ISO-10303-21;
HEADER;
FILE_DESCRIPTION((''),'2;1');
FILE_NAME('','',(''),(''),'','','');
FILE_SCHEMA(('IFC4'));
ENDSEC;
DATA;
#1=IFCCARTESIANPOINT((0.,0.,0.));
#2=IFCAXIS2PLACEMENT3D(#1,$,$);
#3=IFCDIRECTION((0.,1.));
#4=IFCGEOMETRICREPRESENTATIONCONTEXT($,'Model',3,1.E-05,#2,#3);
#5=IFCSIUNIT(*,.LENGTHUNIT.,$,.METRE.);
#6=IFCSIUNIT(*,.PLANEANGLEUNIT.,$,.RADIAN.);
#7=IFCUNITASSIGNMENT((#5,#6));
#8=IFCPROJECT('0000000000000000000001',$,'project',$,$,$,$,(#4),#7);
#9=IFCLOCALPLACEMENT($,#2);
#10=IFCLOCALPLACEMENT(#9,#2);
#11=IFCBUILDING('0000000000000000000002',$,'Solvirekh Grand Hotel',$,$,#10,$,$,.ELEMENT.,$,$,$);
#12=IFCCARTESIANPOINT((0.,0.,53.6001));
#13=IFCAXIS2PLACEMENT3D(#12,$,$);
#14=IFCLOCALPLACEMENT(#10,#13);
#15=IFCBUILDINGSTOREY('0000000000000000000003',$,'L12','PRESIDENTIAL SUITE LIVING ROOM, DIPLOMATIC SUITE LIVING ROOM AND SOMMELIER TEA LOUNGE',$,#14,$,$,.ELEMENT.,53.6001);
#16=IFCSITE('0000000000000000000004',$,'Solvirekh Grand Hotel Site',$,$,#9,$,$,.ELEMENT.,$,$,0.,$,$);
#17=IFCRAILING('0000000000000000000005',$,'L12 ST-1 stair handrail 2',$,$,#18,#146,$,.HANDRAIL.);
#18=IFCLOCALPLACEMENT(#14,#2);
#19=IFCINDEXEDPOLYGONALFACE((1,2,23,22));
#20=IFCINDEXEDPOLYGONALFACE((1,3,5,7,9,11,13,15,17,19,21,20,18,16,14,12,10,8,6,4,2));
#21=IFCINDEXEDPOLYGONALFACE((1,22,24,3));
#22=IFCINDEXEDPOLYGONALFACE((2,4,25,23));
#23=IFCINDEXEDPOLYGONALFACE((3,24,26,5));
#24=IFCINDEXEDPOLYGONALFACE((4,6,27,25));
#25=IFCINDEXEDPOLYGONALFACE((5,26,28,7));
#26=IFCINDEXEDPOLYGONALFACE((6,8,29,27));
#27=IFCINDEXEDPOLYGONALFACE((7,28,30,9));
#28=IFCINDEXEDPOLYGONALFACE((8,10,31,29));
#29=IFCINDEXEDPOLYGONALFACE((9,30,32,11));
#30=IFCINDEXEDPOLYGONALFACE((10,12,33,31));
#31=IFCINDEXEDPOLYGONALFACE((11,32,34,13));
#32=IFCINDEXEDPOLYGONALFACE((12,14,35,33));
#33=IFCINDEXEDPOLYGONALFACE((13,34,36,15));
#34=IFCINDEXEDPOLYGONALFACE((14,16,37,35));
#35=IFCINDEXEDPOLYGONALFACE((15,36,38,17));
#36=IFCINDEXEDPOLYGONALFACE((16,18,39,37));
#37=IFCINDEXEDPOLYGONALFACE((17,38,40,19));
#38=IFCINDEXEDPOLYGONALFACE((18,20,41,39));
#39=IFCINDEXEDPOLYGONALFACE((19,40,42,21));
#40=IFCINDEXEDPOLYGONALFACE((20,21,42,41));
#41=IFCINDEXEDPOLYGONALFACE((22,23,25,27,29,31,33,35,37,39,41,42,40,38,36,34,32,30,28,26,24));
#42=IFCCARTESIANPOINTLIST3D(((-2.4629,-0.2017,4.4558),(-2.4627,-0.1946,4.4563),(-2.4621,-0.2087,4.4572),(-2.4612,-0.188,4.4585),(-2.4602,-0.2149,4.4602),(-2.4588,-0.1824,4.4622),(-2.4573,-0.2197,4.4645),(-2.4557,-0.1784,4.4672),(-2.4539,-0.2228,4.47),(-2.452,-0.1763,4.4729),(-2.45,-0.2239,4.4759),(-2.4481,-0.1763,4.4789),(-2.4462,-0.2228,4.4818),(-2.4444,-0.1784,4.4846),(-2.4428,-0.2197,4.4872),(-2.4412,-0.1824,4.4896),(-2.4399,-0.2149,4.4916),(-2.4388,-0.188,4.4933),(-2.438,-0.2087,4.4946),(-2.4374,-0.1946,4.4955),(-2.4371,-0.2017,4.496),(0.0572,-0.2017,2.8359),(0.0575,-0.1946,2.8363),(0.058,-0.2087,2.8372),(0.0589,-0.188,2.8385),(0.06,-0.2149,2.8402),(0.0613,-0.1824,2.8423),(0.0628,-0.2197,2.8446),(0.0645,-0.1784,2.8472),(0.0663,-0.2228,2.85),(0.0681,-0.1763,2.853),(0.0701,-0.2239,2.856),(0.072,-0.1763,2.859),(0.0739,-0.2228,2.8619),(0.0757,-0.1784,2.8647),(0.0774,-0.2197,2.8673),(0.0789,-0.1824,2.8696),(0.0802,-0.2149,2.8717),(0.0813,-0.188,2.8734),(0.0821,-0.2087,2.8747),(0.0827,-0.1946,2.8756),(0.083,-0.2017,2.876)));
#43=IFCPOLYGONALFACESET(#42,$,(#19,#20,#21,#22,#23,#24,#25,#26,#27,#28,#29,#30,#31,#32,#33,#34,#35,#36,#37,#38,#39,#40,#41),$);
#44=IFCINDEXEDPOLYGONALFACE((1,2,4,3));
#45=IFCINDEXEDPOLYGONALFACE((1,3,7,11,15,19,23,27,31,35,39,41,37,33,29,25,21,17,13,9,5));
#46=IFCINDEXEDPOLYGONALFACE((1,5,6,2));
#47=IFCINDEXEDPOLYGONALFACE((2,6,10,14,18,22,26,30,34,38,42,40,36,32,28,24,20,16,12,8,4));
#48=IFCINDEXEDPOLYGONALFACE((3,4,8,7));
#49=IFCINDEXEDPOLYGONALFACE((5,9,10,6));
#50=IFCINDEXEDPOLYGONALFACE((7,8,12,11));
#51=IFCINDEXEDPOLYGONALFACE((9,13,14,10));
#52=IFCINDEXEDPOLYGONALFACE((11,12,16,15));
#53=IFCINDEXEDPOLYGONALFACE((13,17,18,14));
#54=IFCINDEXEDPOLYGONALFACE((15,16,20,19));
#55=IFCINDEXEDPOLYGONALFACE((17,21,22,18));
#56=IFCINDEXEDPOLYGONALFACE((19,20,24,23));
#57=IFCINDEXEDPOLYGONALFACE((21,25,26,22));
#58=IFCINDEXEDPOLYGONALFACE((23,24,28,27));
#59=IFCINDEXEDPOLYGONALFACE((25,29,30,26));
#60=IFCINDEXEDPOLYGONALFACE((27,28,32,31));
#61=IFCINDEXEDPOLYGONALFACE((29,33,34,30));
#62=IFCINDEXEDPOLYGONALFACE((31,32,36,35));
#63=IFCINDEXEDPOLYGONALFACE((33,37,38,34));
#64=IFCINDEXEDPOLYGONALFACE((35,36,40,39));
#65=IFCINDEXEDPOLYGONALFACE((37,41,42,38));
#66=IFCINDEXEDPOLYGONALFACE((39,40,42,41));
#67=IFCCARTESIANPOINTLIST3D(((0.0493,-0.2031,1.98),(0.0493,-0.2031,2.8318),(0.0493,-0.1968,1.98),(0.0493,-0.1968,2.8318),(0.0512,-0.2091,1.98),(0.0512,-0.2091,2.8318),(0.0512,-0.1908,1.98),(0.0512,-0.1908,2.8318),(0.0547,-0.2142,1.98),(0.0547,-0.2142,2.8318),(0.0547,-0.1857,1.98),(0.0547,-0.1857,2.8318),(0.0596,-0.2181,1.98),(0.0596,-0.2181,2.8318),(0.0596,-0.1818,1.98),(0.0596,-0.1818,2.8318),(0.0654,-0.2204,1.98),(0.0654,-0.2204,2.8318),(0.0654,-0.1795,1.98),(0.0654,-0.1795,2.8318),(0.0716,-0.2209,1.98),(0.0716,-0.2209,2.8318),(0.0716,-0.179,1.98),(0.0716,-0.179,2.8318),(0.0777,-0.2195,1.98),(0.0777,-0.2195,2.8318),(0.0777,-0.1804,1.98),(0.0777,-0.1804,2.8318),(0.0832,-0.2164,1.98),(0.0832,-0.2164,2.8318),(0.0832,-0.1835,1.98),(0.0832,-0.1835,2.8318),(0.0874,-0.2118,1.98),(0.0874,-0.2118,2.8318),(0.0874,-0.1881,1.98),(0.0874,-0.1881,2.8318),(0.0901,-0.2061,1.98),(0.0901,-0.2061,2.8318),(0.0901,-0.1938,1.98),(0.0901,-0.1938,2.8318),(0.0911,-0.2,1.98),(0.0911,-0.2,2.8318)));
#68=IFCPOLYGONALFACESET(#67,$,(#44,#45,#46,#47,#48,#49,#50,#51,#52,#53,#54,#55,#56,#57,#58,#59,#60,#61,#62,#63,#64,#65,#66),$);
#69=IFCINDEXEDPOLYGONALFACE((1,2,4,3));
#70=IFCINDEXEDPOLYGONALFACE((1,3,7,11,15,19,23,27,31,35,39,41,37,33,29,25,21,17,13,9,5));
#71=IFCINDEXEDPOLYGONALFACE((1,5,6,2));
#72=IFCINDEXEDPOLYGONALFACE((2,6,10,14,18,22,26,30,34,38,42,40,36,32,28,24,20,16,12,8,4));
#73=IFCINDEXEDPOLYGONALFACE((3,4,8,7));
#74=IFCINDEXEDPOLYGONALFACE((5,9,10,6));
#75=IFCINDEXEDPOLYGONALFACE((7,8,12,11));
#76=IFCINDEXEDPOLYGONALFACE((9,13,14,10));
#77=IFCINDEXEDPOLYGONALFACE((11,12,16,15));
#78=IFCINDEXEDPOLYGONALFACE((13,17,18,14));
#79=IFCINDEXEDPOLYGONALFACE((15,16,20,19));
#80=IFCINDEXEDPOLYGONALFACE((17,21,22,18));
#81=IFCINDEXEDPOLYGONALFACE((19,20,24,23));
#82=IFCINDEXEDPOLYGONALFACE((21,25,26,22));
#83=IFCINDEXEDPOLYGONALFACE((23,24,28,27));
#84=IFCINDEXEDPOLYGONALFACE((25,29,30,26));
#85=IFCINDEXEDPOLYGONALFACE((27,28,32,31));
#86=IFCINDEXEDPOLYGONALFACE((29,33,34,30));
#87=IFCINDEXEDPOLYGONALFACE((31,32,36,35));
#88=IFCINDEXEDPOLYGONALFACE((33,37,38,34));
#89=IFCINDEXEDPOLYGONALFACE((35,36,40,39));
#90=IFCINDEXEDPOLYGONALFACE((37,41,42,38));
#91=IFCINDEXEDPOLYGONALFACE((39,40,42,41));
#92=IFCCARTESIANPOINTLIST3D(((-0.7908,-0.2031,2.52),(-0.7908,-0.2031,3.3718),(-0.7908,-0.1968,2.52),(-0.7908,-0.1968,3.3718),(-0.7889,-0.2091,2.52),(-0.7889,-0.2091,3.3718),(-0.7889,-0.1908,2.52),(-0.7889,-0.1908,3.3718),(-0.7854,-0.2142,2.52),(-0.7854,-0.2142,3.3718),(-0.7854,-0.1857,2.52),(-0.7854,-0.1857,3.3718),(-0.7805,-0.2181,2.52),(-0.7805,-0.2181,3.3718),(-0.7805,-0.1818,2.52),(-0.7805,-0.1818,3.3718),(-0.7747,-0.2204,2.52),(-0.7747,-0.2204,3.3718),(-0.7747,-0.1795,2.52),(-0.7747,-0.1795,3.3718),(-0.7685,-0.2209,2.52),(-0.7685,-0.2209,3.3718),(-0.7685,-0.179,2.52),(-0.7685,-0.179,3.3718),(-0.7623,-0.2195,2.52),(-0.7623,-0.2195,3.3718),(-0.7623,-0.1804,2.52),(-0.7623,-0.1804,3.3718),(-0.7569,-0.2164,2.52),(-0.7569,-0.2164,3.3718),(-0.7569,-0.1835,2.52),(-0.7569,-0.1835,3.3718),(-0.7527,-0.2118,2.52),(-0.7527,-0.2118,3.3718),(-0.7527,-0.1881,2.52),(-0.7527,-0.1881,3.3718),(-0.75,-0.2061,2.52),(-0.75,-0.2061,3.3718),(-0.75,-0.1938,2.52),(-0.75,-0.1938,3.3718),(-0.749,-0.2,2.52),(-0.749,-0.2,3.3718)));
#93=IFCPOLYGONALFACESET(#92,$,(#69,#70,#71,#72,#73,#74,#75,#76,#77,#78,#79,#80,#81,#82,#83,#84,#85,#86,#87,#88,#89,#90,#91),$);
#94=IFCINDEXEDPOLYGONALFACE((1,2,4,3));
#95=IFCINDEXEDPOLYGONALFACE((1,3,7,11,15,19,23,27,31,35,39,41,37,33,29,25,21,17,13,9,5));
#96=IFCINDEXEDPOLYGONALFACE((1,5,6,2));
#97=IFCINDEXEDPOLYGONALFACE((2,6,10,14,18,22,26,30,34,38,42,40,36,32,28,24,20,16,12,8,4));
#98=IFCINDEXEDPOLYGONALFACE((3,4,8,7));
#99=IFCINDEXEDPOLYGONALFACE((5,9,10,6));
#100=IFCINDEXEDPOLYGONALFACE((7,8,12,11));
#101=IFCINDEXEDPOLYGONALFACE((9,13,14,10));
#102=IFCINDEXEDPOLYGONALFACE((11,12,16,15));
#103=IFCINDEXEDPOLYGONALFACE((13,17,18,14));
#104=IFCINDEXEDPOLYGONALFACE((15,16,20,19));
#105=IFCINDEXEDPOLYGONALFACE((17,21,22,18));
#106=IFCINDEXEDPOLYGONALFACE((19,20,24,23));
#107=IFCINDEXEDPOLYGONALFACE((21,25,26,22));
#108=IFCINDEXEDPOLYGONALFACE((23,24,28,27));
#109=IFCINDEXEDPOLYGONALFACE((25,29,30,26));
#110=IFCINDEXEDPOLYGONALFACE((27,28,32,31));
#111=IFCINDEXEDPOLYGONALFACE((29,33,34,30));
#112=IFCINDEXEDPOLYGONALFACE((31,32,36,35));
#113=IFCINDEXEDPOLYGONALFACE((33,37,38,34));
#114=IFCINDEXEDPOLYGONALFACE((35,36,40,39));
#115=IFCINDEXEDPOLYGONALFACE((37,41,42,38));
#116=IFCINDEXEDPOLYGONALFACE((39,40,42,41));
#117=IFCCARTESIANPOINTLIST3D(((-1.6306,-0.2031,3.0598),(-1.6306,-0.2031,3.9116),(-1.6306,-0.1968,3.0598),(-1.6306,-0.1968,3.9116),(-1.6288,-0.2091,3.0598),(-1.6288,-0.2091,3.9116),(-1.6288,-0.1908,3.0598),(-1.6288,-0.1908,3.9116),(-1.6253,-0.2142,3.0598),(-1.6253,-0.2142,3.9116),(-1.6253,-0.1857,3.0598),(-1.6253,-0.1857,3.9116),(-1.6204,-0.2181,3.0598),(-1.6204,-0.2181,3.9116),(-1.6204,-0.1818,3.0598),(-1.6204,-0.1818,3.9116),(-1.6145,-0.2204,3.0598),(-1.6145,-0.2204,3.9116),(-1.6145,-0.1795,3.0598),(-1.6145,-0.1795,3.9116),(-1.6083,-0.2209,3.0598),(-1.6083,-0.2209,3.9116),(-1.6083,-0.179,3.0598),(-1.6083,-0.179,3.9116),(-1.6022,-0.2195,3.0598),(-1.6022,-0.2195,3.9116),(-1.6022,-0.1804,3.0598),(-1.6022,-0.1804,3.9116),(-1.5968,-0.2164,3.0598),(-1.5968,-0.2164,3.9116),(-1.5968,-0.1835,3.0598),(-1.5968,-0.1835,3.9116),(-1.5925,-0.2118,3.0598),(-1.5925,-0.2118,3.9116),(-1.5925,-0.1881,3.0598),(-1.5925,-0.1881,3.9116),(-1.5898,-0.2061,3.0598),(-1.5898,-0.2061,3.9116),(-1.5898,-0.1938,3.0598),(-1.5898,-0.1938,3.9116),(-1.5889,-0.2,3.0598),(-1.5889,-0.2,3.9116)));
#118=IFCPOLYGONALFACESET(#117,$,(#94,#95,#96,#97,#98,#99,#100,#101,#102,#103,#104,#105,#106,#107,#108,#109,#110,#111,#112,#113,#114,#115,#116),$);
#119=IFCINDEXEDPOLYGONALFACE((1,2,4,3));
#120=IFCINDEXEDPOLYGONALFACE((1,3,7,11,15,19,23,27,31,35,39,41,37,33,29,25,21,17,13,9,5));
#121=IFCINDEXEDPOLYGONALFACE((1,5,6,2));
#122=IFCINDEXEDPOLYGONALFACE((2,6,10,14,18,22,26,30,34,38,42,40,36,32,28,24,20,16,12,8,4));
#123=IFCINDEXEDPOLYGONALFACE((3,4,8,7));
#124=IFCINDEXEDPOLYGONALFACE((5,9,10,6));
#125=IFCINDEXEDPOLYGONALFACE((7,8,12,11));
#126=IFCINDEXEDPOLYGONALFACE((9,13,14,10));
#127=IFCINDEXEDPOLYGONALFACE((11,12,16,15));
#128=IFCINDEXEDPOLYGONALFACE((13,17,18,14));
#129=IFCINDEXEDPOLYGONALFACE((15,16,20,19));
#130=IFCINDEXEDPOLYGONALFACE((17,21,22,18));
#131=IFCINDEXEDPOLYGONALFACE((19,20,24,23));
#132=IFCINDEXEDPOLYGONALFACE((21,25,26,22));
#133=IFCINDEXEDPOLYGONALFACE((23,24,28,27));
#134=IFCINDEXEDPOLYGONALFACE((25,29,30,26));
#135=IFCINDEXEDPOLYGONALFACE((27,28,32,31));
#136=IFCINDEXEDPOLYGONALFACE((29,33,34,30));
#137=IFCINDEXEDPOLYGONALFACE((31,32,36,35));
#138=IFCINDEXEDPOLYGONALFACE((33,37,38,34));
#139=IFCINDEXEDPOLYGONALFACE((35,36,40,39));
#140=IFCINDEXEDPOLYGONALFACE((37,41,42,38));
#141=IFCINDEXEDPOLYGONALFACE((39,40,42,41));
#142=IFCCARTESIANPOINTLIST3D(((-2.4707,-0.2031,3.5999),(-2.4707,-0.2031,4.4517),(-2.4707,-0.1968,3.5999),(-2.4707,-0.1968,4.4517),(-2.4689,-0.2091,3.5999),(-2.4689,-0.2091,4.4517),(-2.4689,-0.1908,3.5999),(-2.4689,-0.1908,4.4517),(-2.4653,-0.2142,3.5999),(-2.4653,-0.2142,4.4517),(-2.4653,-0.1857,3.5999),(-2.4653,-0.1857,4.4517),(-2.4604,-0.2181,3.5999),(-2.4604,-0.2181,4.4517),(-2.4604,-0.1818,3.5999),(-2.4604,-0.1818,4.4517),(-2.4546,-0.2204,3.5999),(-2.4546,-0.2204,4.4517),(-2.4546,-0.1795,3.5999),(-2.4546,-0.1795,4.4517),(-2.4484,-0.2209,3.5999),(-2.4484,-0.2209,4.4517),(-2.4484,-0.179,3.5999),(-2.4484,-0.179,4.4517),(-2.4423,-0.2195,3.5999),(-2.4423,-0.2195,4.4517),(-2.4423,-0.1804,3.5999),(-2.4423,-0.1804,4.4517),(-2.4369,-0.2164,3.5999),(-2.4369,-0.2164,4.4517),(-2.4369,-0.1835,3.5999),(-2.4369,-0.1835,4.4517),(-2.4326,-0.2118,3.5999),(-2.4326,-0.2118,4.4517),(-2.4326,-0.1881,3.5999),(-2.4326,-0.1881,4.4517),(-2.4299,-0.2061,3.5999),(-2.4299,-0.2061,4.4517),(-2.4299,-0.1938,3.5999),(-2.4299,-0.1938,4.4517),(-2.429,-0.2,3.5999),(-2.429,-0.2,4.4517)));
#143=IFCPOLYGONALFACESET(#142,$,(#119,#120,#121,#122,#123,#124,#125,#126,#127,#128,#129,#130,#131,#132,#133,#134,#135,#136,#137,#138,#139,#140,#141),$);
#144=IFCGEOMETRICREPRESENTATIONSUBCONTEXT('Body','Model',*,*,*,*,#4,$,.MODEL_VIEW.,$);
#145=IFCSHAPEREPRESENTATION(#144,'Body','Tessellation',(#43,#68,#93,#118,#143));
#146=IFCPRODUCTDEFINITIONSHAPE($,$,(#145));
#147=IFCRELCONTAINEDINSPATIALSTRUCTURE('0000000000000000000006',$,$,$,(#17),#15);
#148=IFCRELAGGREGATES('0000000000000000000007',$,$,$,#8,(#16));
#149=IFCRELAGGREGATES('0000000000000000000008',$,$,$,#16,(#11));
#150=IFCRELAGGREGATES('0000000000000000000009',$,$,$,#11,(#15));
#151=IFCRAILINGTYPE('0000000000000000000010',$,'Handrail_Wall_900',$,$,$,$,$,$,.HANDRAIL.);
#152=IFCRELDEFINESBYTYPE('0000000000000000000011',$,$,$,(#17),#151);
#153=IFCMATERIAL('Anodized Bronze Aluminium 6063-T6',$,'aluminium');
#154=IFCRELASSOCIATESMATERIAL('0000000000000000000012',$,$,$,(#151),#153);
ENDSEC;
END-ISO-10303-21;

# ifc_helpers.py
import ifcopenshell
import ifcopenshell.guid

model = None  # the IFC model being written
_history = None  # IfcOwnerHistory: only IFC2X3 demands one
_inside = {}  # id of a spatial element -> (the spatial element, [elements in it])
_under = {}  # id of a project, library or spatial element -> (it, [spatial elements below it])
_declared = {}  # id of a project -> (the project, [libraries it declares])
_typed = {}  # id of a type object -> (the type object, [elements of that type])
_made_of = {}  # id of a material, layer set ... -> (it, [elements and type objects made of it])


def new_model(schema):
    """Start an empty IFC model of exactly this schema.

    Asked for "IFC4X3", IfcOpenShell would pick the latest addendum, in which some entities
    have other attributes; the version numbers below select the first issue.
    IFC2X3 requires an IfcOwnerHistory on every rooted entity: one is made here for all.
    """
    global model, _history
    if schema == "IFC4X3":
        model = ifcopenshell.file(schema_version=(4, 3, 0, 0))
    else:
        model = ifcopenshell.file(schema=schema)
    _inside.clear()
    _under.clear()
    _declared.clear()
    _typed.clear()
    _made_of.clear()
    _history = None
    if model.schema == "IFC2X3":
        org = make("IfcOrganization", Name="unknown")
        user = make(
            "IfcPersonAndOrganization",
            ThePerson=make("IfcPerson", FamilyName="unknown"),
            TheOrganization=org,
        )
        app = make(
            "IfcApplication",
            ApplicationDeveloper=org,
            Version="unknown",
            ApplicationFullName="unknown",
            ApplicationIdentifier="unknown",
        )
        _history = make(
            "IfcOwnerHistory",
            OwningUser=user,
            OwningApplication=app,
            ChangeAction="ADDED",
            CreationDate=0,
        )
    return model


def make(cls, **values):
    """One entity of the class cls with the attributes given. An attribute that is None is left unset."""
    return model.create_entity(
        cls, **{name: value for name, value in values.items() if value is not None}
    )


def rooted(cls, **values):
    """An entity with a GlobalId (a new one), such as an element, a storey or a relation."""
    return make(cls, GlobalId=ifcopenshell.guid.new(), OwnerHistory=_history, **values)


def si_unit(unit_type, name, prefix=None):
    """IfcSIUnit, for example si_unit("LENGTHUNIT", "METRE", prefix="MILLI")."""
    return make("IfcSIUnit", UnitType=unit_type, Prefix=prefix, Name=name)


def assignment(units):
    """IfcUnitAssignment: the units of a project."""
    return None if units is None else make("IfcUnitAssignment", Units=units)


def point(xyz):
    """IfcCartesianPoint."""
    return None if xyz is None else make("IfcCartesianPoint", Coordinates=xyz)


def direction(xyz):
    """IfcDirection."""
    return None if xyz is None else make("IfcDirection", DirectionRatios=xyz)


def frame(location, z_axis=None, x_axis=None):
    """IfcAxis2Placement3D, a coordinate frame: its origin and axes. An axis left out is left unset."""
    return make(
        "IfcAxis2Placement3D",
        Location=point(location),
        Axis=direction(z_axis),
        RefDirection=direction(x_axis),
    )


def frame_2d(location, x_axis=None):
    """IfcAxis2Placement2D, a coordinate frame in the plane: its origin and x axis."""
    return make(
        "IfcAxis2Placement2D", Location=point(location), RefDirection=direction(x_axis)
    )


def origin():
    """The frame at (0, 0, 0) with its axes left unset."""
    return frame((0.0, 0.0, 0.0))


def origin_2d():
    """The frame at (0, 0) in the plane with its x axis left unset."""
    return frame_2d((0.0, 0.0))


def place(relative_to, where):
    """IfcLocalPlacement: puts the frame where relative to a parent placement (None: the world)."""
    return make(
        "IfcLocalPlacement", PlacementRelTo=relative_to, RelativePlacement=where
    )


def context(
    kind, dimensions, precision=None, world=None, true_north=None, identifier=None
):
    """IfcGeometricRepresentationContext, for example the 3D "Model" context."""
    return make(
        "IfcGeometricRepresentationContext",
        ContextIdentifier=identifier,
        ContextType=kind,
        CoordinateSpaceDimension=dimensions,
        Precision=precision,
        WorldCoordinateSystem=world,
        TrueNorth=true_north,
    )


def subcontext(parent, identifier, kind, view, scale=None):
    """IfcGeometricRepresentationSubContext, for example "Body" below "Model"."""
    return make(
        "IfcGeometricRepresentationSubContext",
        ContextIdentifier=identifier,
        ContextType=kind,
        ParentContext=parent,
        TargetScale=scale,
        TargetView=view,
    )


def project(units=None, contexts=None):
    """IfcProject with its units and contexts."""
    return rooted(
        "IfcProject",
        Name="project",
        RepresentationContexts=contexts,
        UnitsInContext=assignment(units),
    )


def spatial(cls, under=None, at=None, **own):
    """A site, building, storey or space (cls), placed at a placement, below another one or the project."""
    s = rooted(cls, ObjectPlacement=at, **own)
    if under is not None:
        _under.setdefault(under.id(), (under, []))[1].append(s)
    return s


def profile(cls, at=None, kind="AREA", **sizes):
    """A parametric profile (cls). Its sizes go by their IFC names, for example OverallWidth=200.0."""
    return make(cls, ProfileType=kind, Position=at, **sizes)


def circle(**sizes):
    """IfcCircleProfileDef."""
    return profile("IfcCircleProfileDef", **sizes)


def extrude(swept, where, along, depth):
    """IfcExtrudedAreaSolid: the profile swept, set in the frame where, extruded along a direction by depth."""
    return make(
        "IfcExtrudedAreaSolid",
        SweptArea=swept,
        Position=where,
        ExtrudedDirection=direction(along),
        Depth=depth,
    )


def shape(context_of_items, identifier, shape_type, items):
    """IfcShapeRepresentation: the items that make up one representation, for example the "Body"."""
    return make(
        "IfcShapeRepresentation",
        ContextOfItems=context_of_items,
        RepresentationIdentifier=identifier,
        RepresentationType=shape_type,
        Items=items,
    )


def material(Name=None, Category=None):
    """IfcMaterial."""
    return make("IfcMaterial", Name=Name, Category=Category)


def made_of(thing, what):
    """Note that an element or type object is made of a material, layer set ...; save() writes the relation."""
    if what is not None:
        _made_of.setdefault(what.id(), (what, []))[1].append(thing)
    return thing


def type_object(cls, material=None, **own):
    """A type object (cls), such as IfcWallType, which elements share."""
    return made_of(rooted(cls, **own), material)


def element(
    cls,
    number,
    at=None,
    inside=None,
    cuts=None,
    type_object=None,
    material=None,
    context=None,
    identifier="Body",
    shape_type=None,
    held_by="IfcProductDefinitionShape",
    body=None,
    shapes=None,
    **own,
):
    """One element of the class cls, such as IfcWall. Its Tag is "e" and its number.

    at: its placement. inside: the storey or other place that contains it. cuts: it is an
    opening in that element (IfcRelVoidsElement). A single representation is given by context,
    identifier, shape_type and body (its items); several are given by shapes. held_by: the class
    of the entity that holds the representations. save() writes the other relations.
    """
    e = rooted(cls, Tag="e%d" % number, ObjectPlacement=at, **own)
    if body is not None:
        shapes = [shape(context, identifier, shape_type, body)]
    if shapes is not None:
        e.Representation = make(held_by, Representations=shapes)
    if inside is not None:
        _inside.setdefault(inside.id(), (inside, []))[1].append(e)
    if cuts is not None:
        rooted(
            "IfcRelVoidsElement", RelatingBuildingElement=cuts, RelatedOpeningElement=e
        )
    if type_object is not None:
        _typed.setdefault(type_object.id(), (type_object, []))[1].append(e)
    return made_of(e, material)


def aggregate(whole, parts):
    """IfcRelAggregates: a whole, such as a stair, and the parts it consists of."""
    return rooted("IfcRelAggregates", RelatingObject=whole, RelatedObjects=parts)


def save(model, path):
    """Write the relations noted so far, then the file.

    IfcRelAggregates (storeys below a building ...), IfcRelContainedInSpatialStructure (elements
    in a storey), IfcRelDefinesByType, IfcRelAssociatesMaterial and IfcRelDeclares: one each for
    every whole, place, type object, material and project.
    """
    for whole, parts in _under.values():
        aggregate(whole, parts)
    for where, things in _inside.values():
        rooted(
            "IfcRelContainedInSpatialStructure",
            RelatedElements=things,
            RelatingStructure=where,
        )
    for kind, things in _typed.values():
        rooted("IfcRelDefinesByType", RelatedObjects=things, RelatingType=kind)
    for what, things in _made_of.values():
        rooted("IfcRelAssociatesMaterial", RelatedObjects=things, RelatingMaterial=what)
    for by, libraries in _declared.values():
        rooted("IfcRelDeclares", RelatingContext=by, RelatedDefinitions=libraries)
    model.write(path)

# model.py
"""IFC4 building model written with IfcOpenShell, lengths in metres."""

from ifc_helpers import new_model, si_unit, direction, frame, origin, origin_2d, place, context, subcontext, project, spatial, circle, extrude, material, type_object, element, save


model = new_model("IFC4")

# Units and contexts
model_context = context("Model", 3, precision=1e-05, world=origin(), true_north=direction((0.0, 1.0)))
body_context = subcontext(model_context, "Body", "Model", "MODEL_VIEW")
ifc_project = project(units=[si_unit("LENGTHUNIT", "METRE"), si_unit("PLANEANGLEUNIT", "RADIAN")], contexts=[model_context])

# Site, building, storey
site_placement = place(None, origin())
site = spatial("IfcSite", under=ifc_project, at=site_placement, Name="Solvirekh Grand Hotel Site", CompositionType="ELEMENT", RefElevation=0.0)
building_placement = place(site_placement, origin())
building = spatial("IfcBuilding", under=site, at=building_placement, Name="Solvirekh Grand Hotel", CompositionType="ELEMENT")
storey_placement = place(building_placement, frame((0.0, 0.0, 53.6001)))
storey = spatial("IfcBuildingStorey", under=building, at=storey_placement, Name="L12", Description="PRESIDENTIAL SUITE LIVING ROOM, DIPLOMATIC SUITE LIVING ROOM AND SOMMELIER TEA LOUNGE", CompositionType="ELEMENT", Elevation=53.6001)

# Shared definitions
ifc_material_1 = material(Name="Anodized Bronze Aluminium 6063-T6", Category="aluminium")

# Railing
railing_type_1 = type_object("IfcRailingType", Name="Handrail_Wall_900", PredefinedType="HANDRAIL", material=ifc_material_1)
railing_1_placement = place(storey_placement, frame((0.0701, -0.2, 1.98)))
element("IfcRailing", 1, at=railing_1_placement, inside=storey, type_object=railing_type_1, Name="L12 ST-1 stair handrail 2", PredefinedType="HANDRAIL", context=body_context, shape_type="SweptSolid", body=[
    extrude(circle(Radius=0.0239, at=origin_2d()), frame((0.0, 0.0, 0.876), z_axis=(-0.8412, 0.0, 0.540725), x_axis=(0.0, -1.0, 0.0)), (0.0, 0.0, 1.0), 2.9958),
    extrude(circle(Radius=0.021, at=origin_2d()), origin(), (0.0, 0.0, 1.0), 0.8518),
    extrude(circle(Radius=0.021, at=origin_2d()), frame((-0.8401, 0.0, 0.54)), (0.0, 0.0, 1.0), 0.8518),
    extrude(circle(Radius=0.021, at=origin_2d()), frame((-1.6799, 0.0, 1.0798)), (0.0, 0.0, 1.0), 0.8518),
    extrude(circle(Radius=0.021, at=origin_2d()), frame((-2.52, 0.0, 1.6199)), (0.0, 0.0, 1.0), 0.8518),
])

save(model, "model.ifc")
